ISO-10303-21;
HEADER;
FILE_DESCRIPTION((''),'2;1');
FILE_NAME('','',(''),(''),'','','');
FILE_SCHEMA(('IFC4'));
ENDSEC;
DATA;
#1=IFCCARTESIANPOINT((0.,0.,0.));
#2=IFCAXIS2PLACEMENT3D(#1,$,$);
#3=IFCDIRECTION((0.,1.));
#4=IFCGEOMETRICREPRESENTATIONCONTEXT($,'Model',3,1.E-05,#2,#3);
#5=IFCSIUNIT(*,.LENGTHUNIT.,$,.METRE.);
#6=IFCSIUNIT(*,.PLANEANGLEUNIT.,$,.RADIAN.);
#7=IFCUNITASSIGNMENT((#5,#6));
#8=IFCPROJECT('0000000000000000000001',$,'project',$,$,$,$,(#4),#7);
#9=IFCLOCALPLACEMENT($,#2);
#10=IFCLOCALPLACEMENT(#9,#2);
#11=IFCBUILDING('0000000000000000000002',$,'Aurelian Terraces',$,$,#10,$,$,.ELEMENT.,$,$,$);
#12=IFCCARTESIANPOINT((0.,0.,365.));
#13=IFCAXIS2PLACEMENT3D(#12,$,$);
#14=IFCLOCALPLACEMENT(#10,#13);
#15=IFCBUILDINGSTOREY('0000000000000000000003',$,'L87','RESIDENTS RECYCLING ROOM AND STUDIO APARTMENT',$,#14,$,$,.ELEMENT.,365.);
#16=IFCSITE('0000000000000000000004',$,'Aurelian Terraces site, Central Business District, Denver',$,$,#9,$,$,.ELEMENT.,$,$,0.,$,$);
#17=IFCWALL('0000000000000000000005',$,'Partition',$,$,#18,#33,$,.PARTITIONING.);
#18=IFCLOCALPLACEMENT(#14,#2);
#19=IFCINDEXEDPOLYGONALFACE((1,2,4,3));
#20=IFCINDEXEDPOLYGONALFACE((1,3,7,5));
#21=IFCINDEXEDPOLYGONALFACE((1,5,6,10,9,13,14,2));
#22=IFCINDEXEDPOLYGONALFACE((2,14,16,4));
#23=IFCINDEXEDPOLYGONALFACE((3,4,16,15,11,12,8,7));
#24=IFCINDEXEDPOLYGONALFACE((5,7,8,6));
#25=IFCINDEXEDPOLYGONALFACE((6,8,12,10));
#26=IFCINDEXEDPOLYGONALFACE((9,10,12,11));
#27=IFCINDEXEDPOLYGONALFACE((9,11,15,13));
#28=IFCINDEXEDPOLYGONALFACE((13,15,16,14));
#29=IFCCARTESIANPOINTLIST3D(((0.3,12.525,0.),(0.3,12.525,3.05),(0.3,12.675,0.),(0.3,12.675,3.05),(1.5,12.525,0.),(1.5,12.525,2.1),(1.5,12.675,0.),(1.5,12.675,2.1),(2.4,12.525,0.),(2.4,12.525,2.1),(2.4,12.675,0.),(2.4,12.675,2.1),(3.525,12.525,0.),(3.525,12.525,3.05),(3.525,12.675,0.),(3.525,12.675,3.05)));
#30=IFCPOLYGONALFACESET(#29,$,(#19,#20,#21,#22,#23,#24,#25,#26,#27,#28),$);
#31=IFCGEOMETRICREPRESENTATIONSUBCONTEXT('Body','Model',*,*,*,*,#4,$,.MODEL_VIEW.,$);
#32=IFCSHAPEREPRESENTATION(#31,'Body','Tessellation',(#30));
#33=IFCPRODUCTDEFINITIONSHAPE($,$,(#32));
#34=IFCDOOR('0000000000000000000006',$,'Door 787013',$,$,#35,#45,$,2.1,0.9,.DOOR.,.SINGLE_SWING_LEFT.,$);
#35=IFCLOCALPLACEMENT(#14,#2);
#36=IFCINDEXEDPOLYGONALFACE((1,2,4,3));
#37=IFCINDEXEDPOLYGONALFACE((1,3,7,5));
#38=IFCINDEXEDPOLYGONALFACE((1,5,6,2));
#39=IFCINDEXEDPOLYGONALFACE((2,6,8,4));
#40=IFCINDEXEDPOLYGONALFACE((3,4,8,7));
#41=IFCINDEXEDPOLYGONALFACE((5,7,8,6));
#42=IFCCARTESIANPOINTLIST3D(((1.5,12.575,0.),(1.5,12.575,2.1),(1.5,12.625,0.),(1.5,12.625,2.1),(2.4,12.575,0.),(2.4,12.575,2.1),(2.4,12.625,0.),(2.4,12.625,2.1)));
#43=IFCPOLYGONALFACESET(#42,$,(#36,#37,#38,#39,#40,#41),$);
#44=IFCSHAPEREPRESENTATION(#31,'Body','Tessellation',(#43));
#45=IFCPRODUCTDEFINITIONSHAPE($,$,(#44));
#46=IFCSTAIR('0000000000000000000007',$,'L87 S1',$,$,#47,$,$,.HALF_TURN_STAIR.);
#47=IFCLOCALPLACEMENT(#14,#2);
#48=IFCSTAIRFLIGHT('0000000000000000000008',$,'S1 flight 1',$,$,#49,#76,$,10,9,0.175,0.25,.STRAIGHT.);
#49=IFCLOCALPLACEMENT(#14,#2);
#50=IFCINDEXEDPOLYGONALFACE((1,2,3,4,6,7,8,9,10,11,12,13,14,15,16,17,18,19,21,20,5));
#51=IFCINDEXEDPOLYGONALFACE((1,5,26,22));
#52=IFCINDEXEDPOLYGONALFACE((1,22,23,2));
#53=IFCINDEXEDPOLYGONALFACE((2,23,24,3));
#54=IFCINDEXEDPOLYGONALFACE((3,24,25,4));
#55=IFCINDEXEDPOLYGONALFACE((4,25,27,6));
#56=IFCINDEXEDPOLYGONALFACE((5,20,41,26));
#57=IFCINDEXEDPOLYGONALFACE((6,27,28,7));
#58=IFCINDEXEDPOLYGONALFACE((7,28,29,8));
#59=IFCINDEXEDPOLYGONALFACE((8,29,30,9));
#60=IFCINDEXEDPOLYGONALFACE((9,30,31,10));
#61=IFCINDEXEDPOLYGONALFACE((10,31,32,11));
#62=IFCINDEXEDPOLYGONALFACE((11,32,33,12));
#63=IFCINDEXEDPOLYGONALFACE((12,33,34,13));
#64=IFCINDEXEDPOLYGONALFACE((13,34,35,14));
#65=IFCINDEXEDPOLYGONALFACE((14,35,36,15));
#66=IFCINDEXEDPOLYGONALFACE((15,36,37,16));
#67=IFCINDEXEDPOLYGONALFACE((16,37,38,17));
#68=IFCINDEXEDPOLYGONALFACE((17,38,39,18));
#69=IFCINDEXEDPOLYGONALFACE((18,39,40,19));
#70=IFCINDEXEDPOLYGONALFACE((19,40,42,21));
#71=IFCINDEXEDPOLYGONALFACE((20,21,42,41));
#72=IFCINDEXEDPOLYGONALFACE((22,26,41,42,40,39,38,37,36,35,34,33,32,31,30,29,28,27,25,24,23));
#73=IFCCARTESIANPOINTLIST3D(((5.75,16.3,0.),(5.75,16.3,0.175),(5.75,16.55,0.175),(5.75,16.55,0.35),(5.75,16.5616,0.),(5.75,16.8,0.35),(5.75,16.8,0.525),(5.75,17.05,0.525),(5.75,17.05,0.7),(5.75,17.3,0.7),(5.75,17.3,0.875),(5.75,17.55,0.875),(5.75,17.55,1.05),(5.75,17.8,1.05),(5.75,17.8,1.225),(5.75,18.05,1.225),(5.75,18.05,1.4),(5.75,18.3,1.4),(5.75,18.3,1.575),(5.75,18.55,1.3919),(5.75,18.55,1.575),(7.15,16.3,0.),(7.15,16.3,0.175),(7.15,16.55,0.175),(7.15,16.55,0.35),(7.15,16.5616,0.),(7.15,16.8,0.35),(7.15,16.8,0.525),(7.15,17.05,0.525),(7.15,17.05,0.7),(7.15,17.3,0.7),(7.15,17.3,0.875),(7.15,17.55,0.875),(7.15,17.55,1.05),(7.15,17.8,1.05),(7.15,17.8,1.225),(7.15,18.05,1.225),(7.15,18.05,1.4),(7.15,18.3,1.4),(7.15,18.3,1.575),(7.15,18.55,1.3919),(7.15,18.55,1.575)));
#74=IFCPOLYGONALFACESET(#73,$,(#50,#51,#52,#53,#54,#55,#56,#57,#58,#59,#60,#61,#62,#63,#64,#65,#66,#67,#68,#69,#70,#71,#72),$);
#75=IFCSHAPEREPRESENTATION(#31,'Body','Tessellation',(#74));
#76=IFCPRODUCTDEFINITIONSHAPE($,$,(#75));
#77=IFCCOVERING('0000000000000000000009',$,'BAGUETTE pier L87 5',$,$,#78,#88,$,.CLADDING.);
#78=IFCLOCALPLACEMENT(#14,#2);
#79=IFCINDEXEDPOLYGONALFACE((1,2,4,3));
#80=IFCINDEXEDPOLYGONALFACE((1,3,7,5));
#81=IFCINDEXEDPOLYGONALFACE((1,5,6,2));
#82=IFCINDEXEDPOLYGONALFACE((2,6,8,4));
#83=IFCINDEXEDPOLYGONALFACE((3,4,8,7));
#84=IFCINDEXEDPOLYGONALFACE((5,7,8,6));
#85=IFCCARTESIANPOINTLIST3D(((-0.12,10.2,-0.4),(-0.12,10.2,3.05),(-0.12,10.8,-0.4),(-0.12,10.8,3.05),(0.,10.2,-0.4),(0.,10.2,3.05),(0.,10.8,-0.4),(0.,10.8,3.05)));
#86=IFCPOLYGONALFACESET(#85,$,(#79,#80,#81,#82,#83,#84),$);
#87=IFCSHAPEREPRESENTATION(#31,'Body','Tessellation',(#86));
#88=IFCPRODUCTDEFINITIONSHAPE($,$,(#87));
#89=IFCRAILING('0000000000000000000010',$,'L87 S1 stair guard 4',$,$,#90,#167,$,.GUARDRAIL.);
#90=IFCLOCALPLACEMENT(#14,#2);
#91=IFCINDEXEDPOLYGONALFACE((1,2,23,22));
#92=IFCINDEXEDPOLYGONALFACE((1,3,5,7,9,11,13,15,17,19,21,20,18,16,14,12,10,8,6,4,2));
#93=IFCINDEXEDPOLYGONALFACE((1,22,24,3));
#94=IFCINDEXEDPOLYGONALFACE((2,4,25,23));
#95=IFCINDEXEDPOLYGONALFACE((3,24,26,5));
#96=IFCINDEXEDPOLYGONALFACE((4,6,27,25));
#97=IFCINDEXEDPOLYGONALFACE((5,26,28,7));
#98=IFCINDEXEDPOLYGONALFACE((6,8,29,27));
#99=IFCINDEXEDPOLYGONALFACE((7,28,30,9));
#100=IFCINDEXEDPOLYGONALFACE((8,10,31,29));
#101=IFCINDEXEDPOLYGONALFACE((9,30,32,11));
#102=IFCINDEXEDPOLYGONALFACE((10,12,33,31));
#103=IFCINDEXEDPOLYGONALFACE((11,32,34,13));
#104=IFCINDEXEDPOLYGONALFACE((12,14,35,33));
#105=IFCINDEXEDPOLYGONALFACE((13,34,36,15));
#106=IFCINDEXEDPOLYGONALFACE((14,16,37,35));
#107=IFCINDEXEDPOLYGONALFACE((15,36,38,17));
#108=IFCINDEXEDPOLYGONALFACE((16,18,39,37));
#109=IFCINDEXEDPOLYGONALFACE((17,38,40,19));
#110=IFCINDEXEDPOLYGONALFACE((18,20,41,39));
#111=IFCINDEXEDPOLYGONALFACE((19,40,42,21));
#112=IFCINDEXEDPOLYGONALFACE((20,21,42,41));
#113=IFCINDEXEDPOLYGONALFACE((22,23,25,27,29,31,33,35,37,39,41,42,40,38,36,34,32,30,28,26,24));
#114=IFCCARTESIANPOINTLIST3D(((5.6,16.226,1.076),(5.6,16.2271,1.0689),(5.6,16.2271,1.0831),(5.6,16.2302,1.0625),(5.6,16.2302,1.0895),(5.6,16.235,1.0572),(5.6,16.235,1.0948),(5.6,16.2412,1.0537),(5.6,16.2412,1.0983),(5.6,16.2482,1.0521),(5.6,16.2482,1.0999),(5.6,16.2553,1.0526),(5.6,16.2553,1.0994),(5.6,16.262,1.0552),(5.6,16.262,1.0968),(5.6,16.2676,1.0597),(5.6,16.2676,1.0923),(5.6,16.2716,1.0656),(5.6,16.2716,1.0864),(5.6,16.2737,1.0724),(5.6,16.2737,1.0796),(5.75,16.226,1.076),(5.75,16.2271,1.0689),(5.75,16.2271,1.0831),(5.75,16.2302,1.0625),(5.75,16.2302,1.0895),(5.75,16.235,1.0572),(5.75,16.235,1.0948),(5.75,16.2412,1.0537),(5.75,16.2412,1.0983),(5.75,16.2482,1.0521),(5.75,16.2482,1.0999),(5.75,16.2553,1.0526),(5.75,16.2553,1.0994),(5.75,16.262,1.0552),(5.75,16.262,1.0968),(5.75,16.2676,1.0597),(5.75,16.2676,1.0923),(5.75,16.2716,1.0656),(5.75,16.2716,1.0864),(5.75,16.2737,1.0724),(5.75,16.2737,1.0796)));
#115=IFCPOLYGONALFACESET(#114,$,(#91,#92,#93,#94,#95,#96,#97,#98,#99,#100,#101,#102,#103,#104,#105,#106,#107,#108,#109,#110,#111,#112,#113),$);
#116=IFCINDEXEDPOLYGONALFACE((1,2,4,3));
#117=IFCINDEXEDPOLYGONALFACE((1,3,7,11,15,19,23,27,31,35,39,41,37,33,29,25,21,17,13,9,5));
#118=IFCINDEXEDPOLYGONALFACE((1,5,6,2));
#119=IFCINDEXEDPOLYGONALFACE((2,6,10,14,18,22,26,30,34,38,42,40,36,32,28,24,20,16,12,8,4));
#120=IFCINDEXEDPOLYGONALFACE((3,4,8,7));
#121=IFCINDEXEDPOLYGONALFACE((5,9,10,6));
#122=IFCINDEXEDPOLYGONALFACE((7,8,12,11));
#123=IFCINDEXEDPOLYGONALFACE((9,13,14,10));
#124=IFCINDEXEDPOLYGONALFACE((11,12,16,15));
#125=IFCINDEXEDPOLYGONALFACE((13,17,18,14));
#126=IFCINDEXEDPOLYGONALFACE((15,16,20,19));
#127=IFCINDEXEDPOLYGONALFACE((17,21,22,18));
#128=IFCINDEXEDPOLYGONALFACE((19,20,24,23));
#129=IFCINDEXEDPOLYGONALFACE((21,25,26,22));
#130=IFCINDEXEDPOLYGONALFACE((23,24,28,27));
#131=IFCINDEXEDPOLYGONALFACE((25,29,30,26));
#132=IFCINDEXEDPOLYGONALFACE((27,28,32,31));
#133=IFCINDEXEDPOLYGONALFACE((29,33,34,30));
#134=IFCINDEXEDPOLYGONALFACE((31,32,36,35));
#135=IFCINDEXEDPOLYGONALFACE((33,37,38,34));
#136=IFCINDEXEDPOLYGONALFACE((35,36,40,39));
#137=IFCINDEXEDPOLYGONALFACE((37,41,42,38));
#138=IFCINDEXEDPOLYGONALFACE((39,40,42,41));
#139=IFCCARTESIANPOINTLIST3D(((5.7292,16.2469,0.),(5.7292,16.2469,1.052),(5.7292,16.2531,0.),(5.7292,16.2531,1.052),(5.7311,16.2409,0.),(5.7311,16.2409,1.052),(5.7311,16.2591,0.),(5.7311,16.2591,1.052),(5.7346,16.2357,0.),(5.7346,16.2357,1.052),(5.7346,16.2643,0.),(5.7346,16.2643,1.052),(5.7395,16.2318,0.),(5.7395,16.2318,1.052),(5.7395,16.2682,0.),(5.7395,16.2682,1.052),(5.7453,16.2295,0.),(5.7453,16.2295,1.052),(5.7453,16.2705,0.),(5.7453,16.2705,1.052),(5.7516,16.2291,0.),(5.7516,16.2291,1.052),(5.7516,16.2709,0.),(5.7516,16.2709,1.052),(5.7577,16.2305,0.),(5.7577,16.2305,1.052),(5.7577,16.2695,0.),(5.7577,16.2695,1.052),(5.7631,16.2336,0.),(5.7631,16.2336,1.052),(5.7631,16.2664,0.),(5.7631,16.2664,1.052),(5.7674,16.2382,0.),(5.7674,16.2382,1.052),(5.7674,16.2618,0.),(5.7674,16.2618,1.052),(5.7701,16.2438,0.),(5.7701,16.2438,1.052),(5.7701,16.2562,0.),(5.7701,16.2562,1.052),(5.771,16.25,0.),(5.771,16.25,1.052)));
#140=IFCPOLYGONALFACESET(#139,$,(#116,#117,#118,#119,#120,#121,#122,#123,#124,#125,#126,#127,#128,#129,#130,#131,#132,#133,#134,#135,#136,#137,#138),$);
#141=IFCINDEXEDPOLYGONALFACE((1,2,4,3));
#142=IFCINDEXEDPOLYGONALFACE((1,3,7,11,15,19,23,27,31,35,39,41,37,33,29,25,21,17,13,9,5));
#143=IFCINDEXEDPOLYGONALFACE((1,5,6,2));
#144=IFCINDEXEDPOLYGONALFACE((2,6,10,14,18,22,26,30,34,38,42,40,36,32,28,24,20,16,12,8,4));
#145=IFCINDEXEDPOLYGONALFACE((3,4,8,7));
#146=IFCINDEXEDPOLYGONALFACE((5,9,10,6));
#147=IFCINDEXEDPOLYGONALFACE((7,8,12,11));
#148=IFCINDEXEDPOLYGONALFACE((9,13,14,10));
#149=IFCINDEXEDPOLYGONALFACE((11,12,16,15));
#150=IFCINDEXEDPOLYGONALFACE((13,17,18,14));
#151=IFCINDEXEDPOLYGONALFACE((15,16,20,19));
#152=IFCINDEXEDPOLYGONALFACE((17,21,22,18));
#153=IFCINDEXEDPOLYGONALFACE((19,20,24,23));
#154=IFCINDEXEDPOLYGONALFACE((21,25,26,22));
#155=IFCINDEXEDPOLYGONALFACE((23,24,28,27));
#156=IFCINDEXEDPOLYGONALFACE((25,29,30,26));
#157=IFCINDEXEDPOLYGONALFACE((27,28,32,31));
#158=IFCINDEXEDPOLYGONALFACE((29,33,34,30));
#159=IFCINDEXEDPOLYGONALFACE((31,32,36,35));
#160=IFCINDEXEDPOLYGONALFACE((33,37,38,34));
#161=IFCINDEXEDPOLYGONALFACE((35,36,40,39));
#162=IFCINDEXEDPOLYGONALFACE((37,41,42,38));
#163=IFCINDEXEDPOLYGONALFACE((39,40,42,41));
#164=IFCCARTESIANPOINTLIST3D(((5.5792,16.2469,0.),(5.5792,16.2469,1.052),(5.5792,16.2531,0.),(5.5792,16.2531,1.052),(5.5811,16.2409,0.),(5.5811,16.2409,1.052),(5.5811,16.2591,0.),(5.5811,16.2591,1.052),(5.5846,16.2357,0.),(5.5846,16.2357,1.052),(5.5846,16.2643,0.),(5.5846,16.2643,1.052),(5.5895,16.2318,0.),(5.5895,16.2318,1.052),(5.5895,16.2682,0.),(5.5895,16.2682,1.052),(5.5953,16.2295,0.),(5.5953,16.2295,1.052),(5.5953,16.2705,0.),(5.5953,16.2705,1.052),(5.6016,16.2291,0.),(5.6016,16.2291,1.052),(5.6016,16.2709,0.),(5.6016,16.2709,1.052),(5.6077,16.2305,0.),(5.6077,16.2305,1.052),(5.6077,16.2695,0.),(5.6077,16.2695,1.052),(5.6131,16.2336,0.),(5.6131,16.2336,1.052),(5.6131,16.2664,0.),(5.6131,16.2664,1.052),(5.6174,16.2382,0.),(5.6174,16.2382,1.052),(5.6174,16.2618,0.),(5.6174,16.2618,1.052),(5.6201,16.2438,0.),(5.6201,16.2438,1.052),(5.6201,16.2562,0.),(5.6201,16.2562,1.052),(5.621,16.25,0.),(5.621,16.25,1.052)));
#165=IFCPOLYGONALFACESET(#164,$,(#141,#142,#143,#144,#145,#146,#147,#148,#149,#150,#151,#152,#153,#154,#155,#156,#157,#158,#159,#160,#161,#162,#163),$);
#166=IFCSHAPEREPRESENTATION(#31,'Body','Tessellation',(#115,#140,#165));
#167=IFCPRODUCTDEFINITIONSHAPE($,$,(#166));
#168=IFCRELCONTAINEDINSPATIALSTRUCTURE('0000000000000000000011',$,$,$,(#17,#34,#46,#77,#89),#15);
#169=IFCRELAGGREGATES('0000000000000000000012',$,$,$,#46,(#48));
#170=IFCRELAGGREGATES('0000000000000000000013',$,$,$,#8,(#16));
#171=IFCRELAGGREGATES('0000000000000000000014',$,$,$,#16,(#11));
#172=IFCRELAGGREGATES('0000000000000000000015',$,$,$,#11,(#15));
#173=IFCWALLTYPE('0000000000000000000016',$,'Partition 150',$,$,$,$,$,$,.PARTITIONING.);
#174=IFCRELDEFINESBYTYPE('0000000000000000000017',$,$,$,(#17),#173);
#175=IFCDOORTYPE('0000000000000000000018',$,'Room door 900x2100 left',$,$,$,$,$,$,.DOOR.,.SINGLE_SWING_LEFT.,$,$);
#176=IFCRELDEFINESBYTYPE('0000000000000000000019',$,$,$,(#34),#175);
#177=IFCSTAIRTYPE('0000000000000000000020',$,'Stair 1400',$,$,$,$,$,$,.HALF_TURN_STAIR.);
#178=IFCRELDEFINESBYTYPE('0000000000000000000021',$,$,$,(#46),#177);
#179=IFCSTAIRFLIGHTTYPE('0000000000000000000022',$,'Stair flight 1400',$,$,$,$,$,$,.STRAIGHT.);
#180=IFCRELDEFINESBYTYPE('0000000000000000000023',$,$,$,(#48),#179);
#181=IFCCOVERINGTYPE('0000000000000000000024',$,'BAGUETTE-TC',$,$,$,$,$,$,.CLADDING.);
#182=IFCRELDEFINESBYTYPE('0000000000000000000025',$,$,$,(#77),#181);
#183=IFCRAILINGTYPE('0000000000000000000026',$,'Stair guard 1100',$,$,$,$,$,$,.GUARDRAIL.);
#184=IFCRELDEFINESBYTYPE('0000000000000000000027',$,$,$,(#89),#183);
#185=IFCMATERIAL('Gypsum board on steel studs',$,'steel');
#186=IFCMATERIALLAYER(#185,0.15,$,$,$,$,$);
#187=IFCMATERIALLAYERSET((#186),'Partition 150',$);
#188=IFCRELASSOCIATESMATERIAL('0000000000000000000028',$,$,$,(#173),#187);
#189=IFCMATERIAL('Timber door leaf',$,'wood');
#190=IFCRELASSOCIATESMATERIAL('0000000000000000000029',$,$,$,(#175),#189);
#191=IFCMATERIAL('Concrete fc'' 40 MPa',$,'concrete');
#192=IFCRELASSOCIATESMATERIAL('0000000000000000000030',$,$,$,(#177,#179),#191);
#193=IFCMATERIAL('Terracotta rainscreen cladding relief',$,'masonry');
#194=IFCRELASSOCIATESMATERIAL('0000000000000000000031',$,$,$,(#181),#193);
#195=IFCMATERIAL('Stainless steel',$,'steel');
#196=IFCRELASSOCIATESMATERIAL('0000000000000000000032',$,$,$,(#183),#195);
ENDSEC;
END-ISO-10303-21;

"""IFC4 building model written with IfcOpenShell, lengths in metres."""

from ifc_helpers import new_model, si_unit, direction, frame, frame_2d, origin, origin_2d, place, context, subcontext, project, spatial, polyline, rectangle, circle, outline, extrude, source, transform, mapped, material, layer, layer_set, type_object, element, fill, aggregate, save


model = new_model("IFC4")

# Units and contexts
model_context = context("Model", 3, precision=1e-05, world=origin(), true_north=direction((0.0, 1.0)))
body_context = subcontext(model_context, "Body", "Model", "MODEL_VIEW")
ifc_project = project(units=[si_unit("LENGTHUNIT", "METRE"), si_unit("PLANEANGLEUNIT", "RADIAN")], contexts=[model_context])

# Site, building, storey
site_placement = place(None, origin())
site = spatial("IfcSite", under=ifc_project, at=site_placement, Name="Aurelian Terraces site, Central Business District, Denver", CompositionType="ELEMENT", RefElevation=0.0)
building_placement = place(site_placement, origin())
building = spatial("IfcBuilding", under=site, at=building_placement, Name="Aurelian Terraces", CompositionType="ELEMENT")
storey_placement = place(building_placement, frame((0.0, 0.0, 365.0)))
storey = spatial("IfcBuildingStorey", under=building, at=storey_placement, Name="L87", Description="RESIDENTS RECYCLING ROOM AND STUDIO APARTMENT", CompositionType="ELEMENT", Elevation=365.0)

# Shared definitions
ifc_material_1 = material(Name="Concrete fc' 40 MPa", Category="concrete")

# Shared definitions
ifc_material_2 = material(Name="Stainless steel", Category="steel")

# Wall, opening, door
ifc_material_3 = material(Name="Gypsum board on steel studs", Category="steel")
ifc_layer_1 = layer(ifc_material_3, 0.15)
ifc_layer_set_1 = layer_set([ifc_layer_1], Name="Partition 150")
wall_type_1 = type_object("IfcWallType", Name="Partition 150", PredefinedType="PARTITIONING", material=ifc_layer_set_1)
shared_shape_1 = source(origin(), body_context, "Body", "SweptSolid", [
    extrude(rectangle(XDim=3.225, YDim=0.15, at=frame_2d((1.6125, 0.0))), origin(), (0.0, 0.0, 1.0), 3.05),
])
wall_1_placement = place(storey_placement, frame((0.3, 12.6, 0.0), z_axis=(0.0, 0.0, 1.0), x_axis=(1.0, 0.0, 0.0)))
wall_1 = element("IfcWall", 1, at=wall_1_placement, inside=storey, type_object=wall_type_1, Name="Partition", PredefinedType="PARTITIONING", context=body_context, shape_type="MappedRepresentation", body=[
    mapped(shared_shape_1, transform((0.0, 0.0, 0.0), scale=1.0)),
])
shared_shape_2 = source(origin(), body_context, "Body", "SweptSolid", [
    extrude(rectangle(XDim=0.9, YDim=2.1, at=frame_2d((0.45, 1.05))), frame((0.0, 0.085, 0.0), z_axis=(0.0, -1.0, 0.0), x_axis=(1.0, 0.0, 0.0)), (0.0, 0.0, 1.0), 0.17),
])
opening_1_placement = place(wall_1_placement, frame((1.2, 0.0, 0.0)))
opening_1 = element("IfcOpeningElement", 2, at=opening_1_placement, cuts=wall_1, PredefinedType="OPENING", context=body_context, shape_type="MappedRepresentation", body=[
    mapped(shared_shape_2, transform((0.0, 0.0, 0.0), scale=1.0)),
])
ifc_material_4 = material(Name="Timber door leaf", Category="wood")
door_type_1 = type_object("IfcDoorType", Name="Room door 900x2100 left", OperationType="SINGLE_SWING_LEFT", PredefinedType="DOOR", material=ifc_material_4)
shared_shape_3 = source(origin(), body_context, "Body", "SweptSolid", [
    extrude(rectangle(XDim=0.9, YDim=2.1, at=frame_2d((0.45, 1.05))), frame((0.0, 0.025, 0.0), z_axis=(0.0, -1.0, 0.0), x_axis=(1.0, 0.0, 0.0)), (0.0, 0.0, 1.0), 0.05),
])
door_1_placement = place(opening_1_placement, origin())
door_1 = element("IfcDoor", 3, at=door_1_placement, inside=storey, type_object=door_type_1, Name="Door 787013", OperationType="SINGLE_SWING_LEFT", OverallHeight=2.1, OverallWidth=0.9, PredefinedType="DOOR", context=body_context, shape_type="MappedRepresentation", body=[
    mapped(shared_shape_3, transform((0.0, 0.0, 0.0), scale=1.0)),
])
fill(opening_1, door_1)

# Stair, stair flight
stair_type = type_object("IfcStairType", Name="Stair 1400", PredefinedType="HALF_TURN_STAIR", material=ifc_material_1)
stair_placement = place(storey_placement, origin())
stair = element("IfcStair", 4, at=stair_placement, inside=storey, type_object=stair_type, Name="L87 S1", PredefinedType="HALF_TURN_STAIR")
stair_flight_type = type_object("IfcStairFlightType", Name="Stair flight 1400", PredefinedType="STRAIGHT", material=ifc_material_1)
shared_shape_4 = source(origin(), body_context, "Body", "SweptSolid", [
    extrude(outline(polyline([(0.0, 0.0), (0.0, 0.175), (0.25, 0.175), (0.25, 0.35), (0.5, 0.35), (0.5, 0.525), (0.75, 0.525), (0.75, 0.7), (1.0, 0.7), (1.0, 0.875), (1.25, 0.875), (1.25, 1.05), (1.5, 1.05), (1.5, 1.225), (1.75, 1.225), (1.75, 1.4), (2.0, 1.4), (2.0, 1.575), (2.25, 1.575), (2.25, 1.75), (2.25, 1.3919), (0.2616, 0.0), (0.0, 0.0)])), frame((0.0, 0.7, 0.0), z_axis=(0.0, -1.0, 0.0), x_axis=(1.0, 0.0, 0.0)), (0.0, 0.0, 1.0), 1.4),
])
stair_flight_placement = place(storey_placement, frame((6.45, 16.3, 0.0), z_axis=(0.0, 0.0, 1.0), x_axis=(0.0, 1.0, 0.0)))
stair_flight = element("IfcStairFlight", 5, at=stair_flight_placement, type_object=stair_flight_type, Name="S1 flight 1", NumberOfRisers=10, NumberOfTreads=9, PredefinedType="STRAIGHT", RiserHeight=0.175, TreadLength=0.25, context=body_context, shape_type="MappedRepresentation", body=[
    mapped(shared_shape_4, transform((0.0, 0.0, 0.0), scale=1.0)),
])
aggregate(stair, [stair_flight])

# Covering
ifc_material_5 = material(Name="Terracotta rainscreen cladding relief", Category="masonry")
covering_type = type_object("IfcCoveringType", Name="BAGUETTE-TC", PredefinedType="CLADDING", material=ifc_material_5)
covering_placement = place(storey_placement, frame((-0.06, 10.5, -0.4), z_axis=(0.0, 0.0, 1.0), x_axis=(1.0, 0.0, 0.0)))
element("IfcCovering", 6, at=covering_placement, inside=storey, type_object=covering_type, Name="BAGUETTE pier L87 5", PredefinedType="CLADDING", context=body_context, shape_type="SweptSolid", body=[
    extrude(rectangle(XDim=0.12, YDim=0.6, at=origin_2d()), origin(), (0.0, 0.0, 1.0), 3.45),
])

# Railing
railing_type = type_object("IfcRailingType", Name="Stair guard 1100", PredefinedType="GUARDRAIL", material=ifc_material_2)
shared_shape_5 = source(origin(), body_context, "Body", "SweptSolid", [
    extrude(circle(Radius=0.024, at=origin_2d()), frame((0.0, 0.0, 1.076), z_axis=(-1.0, 0.0, 0.0), x_axis=(0.0, -1.0, 0.0)), (0.0, 0.0, 1.0), 0.15),
    extrude(circle(Radius=0.021, at=origin_2d()), origin(), (0.0, 0.0, 1.0), 1.052),
    extrude(circle(Radius=0.021, at=origin_2d()), frame((-0.15, 0.0, 0.0)), (0.0, 0.0, 1.0), 1.052),
])
railing_1_placement = place(storey_placement, frame((5.75, 16.25, 0.0)))
element("IfcRailing", 7, at=railing_1_placement, inside=storey, type_object=railing_type, Name="L87 S1 stair guard 4", PredefinedType="GUARDRAIL", context=body_context, shape_type="MappedRepresentation", body=[
    mapped(shared_shape_5, transform((0.0, 0.0, 0.0), scale=1.0)),
])

save(model, "model.ifc")
